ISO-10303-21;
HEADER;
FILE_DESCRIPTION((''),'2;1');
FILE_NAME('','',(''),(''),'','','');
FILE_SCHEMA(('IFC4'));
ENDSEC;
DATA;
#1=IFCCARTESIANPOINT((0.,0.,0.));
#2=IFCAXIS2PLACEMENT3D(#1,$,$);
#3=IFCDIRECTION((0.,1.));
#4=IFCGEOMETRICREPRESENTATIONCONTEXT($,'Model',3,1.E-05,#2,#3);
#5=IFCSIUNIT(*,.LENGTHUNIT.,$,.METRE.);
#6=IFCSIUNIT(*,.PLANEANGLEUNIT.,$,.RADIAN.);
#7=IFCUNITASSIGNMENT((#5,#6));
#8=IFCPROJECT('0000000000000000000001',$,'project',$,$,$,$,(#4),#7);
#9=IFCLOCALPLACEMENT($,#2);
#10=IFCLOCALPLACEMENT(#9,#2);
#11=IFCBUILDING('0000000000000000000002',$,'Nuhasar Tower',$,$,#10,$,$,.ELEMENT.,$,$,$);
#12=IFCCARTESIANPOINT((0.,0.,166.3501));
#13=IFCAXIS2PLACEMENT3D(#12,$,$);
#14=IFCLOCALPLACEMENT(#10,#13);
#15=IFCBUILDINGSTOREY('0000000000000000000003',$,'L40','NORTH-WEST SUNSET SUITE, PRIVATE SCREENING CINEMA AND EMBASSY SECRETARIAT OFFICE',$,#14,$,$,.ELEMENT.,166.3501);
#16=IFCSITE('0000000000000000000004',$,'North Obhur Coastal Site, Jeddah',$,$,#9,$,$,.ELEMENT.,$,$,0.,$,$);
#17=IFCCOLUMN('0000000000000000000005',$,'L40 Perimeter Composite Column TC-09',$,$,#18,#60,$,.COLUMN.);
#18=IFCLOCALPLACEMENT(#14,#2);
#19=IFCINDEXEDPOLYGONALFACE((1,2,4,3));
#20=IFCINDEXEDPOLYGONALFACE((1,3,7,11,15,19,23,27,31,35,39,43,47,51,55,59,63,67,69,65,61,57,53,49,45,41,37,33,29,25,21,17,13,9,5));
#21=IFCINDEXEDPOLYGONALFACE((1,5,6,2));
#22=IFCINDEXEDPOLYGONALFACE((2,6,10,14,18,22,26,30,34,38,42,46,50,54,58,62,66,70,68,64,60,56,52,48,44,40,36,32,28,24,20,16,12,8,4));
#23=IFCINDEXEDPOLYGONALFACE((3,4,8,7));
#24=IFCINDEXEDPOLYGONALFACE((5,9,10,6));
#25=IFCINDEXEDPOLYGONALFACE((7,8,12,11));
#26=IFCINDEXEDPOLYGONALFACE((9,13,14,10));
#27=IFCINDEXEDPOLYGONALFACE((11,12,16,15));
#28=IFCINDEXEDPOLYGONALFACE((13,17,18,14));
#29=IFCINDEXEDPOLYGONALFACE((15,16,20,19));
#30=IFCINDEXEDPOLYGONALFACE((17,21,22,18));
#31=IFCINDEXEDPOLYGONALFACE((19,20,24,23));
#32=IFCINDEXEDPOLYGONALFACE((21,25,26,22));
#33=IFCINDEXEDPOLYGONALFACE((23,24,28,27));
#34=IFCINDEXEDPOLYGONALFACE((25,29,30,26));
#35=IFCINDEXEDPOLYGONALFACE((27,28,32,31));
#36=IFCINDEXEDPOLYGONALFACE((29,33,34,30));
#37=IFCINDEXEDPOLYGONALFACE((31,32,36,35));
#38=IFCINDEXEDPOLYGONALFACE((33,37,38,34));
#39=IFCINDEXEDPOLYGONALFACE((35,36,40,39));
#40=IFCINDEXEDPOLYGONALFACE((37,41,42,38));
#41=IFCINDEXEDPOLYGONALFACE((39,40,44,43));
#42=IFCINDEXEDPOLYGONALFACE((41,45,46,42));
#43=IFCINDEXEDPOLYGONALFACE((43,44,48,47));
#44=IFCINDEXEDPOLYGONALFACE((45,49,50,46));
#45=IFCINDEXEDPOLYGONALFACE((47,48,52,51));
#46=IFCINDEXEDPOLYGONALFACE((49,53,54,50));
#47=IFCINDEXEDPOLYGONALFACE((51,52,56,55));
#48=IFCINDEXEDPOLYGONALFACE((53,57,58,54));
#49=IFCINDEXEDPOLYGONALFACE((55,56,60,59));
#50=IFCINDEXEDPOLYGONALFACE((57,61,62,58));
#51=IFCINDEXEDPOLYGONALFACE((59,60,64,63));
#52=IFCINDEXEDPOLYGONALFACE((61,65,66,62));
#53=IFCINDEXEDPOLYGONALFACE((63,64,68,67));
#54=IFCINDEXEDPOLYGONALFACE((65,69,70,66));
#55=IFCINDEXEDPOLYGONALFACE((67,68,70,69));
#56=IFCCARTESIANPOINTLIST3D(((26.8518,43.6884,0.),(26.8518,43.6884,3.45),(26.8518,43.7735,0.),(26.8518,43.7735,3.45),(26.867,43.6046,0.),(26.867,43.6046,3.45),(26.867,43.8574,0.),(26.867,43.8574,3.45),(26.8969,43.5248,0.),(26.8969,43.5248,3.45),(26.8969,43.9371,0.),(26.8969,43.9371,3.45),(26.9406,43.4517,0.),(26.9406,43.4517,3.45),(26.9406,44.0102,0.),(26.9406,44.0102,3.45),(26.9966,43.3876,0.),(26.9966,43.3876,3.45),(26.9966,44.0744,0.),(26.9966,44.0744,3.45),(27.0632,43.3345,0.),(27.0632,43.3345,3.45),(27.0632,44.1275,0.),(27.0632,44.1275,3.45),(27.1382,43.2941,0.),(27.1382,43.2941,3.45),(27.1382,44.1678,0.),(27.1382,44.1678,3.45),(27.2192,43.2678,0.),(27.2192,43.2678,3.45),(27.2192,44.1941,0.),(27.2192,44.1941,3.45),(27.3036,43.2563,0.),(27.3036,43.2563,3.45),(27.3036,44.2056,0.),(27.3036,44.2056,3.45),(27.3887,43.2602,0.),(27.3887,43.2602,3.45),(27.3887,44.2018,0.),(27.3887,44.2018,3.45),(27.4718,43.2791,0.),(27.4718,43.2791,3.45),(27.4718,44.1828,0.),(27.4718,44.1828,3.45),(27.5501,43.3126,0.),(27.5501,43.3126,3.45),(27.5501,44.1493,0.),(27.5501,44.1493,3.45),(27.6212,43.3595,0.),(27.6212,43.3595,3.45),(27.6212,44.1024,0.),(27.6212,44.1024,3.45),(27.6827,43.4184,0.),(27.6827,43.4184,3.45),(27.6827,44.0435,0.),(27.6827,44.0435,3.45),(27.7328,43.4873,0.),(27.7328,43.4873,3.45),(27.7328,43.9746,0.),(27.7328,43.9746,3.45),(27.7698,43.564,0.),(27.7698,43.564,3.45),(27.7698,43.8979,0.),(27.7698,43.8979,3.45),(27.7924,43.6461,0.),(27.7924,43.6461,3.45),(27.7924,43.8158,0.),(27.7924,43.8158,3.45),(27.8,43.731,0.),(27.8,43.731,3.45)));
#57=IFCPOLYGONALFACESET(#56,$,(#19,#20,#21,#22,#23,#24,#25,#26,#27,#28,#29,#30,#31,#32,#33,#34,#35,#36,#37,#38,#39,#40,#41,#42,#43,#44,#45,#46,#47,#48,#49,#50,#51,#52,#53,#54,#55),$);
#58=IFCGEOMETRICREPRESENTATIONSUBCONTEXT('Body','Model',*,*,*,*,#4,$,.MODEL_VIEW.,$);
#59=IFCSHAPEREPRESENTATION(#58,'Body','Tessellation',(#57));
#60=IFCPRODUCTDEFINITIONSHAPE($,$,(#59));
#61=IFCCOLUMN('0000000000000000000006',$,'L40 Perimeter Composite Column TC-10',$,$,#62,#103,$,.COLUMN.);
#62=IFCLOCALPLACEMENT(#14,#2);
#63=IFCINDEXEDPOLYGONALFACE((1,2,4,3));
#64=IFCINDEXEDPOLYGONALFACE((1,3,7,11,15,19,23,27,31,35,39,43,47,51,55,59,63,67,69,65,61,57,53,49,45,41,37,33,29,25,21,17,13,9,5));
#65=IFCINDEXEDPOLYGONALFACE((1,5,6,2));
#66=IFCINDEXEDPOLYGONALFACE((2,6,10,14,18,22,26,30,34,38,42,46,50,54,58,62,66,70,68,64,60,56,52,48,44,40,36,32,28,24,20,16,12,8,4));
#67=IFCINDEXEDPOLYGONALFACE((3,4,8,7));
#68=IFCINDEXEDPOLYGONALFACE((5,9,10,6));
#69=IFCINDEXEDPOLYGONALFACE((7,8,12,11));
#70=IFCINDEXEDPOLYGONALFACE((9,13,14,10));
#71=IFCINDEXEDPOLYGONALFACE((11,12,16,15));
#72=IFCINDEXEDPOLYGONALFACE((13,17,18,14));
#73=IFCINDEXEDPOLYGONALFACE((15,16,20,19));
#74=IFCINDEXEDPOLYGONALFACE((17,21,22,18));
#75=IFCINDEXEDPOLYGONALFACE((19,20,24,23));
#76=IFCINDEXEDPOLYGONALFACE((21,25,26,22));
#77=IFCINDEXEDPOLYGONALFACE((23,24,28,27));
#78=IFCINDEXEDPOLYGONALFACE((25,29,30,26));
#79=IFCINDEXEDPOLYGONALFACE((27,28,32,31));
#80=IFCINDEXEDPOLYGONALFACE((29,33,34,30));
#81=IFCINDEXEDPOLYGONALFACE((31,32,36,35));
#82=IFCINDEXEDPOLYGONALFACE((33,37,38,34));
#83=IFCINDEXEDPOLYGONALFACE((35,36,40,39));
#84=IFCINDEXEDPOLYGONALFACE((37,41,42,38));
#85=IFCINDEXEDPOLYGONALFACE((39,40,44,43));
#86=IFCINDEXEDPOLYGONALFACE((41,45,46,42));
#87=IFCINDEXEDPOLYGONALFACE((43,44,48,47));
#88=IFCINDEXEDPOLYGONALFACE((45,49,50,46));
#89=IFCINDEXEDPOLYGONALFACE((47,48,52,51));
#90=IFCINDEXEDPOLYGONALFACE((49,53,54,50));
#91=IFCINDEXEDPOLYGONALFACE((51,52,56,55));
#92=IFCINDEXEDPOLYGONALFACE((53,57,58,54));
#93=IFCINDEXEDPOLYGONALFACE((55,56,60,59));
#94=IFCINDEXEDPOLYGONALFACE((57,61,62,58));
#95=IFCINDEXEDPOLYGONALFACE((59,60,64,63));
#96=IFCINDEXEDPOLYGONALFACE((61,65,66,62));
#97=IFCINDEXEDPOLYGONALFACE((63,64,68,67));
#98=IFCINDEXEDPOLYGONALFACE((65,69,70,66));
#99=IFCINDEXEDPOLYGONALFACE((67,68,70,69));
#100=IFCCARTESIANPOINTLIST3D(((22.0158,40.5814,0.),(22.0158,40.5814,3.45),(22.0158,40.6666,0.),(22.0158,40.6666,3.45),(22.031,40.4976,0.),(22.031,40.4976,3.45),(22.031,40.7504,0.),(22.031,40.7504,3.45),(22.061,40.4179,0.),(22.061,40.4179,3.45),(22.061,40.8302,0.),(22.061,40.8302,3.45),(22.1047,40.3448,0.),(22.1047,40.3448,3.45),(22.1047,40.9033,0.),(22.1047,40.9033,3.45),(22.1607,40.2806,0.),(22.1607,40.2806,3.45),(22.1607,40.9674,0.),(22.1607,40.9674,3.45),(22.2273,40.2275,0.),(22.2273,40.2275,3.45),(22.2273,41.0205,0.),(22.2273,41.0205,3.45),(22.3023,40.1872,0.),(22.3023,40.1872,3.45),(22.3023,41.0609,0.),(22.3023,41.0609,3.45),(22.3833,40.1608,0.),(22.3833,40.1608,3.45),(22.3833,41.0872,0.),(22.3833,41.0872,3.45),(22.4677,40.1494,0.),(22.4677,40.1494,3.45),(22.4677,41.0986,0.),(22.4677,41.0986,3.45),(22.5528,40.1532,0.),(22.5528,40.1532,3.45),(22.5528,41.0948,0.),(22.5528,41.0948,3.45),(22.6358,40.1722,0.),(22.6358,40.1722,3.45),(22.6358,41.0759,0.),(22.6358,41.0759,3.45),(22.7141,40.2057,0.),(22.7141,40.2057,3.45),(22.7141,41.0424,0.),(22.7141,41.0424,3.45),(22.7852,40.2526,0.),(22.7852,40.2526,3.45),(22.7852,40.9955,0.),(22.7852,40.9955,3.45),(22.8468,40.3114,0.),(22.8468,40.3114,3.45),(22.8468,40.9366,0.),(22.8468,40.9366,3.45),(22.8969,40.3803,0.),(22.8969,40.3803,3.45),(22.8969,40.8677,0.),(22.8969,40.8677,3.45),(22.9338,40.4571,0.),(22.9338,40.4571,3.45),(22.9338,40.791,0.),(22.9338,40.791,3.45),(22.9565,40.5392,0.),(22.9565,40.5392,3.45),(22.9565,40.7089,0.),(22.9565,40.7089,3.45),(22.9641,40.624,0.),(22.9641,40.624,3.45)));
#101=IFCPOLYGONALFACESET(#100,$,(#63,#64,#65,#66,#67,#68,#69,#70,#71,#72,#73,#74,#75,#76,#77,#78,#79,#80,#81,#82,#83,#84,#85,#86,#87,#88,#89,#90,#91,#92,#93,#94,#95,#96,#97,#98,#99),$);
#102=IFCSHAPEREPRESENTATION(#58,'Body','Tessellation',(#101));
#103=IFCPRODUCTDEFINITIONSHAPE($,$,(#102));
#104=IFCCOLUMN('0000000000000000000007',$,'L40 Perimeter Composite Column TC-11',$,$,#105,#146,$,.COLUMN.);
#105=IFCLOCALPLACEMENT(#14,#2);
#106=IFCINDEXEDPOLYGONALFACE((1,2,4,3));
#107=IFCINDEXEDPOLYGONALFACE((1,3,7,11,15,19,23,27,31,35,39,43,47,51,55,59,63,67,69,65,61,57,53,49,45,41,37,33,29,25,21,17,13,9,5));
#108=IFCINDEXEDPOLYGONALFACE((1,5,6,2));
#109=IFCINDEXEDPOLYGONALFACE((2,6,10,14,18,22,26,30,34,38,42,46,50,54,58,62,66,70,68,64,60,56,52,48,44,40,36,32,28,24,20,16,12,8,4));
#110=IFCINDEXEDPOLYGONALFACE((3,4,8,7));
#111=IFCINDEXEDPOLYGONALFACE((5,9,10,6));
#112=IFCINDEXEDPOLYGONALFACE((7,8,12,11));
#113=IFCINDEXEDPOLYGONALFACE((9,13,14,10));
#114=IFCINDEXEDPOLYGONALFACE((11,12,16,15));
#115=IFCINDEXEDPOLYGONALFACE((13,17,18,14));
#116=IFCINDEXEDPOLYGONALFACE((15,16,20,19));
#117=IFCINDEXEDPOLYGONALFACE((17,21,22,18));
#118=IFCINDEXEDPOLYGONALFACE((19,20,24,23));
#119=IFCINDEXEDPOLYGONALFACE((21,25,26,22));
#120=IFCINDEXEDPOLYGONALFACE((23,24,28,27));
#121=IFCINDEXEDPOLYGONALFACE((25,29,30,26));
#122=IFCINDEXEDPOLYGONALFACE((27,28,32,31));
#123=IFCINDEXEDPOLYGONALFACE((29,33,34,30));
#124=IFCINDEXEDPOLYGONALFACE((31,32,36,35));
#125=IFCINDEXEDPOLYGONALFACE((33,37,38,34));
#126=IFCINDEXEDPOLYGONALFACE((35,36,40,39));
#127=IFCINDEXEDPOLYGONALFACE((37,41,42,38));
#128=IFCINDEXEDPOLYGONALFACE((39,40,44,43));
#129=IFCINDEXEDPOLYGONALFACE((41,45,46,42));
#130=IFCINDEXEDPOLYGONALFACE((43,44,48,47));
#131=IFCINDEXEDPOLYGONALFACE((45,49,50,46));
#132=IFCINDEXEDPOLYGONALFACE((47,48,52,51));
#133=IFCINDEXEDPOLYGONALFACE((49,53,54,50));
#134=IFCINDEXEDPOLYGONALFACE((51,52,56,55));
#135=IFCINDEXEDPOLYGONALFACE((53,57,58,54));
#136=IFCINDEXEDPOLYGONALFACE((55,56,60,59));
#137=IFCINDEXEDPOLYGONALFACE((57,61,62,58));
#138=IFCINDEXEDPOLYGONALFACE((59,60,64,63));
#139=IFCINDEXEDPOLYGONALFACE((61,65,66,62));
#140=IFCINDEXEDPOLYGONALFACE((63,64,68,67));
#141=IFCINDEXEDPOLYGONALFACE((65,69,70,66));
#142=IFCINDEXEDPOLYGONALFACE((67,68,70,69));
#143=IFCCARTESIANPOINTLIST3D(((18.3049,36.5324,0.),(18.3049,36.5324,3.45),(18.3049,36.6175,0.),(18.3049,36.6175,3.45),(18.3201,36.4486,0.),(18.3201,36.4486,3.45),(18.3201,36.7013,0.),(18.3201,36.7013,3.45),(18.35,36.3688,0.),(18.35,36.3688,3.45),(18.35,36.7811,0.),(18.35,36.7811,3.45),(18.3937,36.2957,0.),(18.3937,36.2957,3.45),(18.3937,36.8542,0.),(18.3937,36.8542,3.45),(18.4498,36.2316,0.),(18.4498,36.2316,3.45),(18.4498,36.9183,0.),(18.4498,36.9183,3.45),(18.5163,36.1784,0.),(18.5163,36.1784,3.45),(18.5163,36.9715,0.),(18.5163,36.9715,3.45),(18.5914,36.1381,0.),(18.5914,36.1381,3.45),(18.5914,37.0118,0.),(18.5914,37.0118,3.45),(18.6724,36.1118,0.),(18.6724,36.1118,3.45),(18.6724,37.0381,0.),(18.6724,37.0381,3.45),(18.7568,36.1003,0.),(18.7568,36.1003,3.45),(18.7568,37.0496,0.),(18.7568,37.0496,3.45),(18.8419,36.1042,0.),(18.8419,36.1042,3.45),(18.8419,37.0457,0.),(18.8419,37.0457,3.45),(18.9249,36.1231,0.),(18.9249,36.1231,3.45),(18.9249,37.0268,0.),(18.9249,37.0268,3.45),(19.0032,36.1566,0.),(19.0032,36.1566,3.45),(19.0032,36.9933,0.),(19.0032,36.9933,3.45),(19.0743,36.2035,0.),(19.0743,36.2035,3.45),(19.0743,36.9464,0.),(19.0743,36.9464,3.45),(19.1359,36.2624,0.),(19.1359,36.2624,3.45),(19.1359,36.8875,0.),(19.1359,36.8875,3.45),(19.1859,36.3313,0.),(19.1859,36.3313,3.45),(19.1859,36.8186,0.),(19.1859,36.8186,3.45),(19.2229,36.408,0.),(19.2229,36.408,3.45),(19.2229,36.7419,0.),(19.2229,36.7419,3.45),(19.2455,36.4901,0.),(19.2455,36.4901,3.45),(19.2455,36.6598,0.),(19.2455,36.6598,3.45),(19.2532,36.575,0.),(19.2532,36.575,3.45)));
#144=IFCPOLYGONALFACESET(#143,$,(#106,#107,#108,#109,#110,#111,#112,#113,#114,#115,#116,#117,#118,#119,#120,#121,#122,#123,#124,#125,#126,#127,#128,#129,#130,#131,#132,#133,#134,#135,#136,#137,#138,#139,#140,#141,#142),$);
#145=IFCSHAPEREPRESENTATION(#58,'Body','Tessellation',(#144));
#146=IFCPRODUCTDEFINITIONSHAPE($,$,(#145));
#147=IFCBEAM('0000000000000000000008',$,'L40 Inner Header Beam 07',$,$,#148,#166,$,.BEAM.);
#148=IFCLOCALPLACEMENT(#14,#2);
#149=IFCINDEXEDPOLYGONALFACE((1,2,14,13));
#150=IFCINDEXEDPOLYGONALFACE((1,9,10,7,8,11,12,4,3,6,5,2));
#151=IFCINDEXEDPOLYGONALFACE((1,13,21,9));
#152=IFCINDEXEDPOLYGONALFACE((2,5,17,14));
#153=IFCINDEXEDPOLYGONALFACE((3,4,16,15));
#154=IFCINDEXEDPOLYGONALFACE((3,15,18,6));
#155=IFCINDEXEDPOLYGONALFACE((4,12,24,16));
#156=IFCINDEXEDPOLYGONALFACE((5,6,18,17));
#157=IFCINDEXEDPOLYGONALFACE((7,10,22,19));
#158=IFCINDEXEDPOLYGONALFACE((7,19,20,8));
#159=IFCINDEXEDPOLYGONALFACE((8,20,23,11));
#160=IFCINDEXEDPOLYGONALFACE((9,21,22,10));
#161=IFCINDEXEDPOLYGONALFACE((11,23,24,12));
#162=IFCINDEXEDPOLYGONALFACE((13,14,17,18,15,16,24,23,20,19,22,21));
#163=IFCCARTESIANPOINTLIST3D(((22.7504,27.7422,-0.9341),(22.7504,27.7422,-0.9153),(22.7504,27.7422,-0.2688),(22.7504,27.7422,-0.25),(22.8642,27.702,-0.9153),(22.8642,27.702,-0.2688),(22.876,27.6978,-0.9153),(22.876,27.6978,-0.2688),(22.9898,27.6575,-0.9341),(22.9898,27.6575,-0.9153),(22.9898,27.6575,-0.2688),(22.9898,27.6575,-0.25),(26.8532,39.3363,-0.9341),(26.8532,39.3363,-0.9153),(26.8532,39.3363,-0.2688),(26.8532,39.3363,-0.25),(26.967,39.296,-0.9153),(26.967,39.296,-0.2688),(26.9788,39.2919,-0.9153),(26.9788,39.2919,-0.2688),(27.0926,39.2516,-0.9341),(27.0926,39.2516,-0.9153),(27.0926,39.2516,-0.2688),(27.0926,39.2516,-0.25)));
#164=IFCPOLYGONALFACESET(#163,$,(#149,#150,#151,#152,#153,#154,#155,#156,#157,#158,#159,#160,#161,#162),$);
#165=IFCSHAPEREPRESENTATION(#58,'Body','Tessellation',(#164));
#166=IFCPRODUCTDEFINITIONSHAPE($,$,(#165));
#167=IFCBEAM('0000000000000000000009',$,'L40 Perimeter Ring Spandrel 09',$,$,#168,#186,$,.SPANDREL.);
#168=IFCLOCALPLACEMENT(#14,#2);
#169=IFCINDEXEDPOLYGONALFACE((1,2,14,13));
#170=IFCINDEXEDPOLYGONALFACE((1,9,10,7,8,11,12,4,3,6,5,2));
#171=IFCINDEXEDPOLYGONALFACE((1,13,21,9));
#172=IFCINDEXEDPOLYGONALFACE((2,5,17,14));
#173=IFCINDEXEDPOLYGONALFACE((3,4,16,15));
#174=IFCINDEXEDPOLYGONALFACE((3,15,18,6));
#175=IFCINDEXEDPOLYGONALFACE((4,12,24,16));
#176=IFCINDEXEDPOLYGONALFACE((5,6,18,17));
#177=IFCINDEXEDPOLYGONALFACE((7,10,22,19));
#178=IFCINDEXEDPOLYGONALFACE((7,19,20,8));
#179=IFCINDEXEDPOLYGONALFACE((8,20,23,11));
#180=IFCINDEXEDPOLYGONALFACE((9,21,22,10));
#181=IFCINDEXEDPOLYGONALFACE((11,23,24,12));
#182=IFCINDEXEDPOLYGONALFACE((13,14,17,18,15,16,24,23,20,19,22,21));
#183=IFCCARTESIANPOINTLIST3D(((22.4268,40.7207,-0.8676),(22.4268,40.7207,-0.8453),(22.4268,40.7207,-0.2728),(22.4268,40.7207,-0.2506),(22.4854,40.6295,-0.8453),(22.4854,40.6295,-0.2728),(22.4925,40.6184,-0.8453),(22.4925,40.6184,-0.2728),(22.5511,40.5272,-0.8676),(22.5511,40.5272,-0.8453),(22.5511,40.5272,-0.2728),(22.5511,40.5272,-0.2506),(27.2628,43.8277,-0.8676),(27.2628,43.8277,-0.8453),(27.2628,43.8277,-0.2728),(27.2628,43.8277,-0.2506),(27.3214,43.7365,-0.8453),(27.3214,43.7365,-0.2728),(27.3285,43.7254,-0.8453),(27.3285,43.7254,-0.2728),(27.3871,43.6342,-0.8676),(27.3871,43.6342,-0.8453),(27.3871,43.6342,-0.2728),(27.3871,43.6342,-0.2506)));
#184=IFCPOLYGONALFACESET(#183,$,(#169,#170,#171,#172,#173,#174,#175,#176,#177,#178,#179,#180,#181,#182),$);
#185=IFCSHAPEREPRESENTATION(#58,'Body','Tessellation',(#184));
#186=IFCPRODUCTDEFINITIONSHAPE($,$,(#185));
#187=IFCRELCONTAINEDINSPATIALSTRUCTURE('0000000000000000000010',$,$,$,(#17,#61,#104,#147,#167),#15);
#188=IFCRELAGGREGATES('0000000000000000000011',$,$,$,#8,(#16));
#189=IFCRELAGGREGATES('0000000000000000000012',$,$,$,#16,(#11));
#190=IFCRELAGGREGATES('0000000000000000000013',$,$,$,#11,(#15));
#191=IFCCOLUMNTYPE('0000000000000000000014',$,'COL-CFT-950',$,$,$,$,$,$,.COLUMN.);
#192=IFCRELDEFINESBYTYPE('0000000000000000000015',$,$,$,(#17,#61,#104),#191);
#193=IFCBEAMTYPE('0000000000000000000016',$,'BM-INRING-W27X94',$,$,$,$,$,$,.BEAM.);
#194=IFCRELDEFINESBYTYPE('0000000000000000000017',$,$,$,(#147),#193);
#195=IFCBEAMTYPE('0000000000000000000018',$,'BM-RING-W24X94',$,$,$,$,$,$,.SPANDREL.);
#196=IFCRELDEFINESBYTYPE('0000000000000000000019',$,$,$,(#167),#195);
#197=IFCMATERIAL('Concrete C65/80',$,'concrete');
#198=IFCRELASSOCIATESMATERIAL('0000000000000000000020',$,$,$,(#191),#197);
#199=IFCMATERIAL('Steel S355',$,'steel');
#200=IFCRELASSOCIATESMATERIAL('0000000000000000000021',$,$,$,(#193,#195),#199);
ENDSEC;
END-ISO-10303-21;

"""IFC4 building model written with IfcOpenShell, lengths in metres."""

from ifc_helpers import new_model, si_unit, direction, frame, origin, origin_2d, place, context, subcontext, project, spatial, circle, i_section, extrude, material, material_profile, profile_set, type_object, element, save


model = new_model("IFC4")

# Units and contexts
model_context = context("Model", 3, precision=1e-05, world=origin(), true_north=direction((0.0, 1.0)))
body_context = subcontext(model_context, "Body", "Model", "MODEL_VIEW")
ifc_project = project(units=[si_unit("LENGTHUNIT", "METRE"), si_unit("PLANEANGLEUNIT", "RADIAN")], contexts=[model_context])

# Site, building, storey
site_placement = place(None, origin())
site = spatial("IfcSite", under=ifc_project, at=site_placement, Name="North Obhur Coastal Site, Jeddah", CompositionType="ELEMENT", RefElevation=0.0)
building_placement = place(site_placement, origin())
building = spatial("IfcBuilding", under=site, at=building_placement, Name="Nuhasar Tower", CompositionType="ELEMENT")
storey_placement = place(building_placement, frame((0.0, 0.0, 166.3501)))
storey = spatial("IfcBuildingStorey", under=building, at=storey_placement, Name="L40", Description="NORTH-WEST SUNSET SUITE, PRIVATE SCREENING CINEMA AND EMBASSY SECRETARIAT OFFICE", CompositionType="ELEMENT", Elevation=166.3501)

# Columns
ifc_material_1 = material(Name="Concrete C65/80", Category="concrete")
ifc_material_profile_1 = material_profile(ifc_material_1, circle(Radius=0.4751, at=origin_2d()), Name="CFT950")
ifc_profile_set_1 = profile_set([ifc_material_profile_1], Name="Concrete C65/80")
column_type = type_object("IfcColumnType", Name="COL-CFT-950", PredefinedType="COLUMN", material=ifc_profile_set_1)
for number, where, z_axis, x_axis, name in (
    (1, (27.325, 43.731, 0.0), (0.0, 0.0, 1.0), (1.0, 0.0, 0.0), "L40 Perimeter Composite Column TC-09"),
    (2, (22.489, 40.624, 0.0), (0.0, 0.0, 1.0), (1.0, 0.0, 0.0), "L40 Perimeter Composite Column TC-10"),
    (3, (18.7781, 36.575, 0.0), (0.0, 0.0, 1.0), (1.0, 0.0, 0.0), "L40 Perimeter Composite Column TC-11"),
):
    element("IfcColumn", number, at=place(storey_placement, frame(where, z_axis=z_axis, x_axis=x_axis)), inside=storey, type_object=column_type, Name=name, PredefinedType="COLUMN", context=body_context, shape_type="SweptSolid", body=[
        extrude(circle(Radius=0.4751, at=origin_2d()), origin(), (0.0, 0.0, 1.0), 3.45),
    ])

# Beams
ifc_material_2 = material(Name="Steel S355", Category="steel")
ifc_material_profile_2 = material_profile(ifc_material_2, i_section(OverallWidth=0.2539, OverallDepth=0.6841, WebThickness=0.0125, FlangeThickness=0.0188, at=origin_2d()), Name="W27X94")
ifc_profile_set_2 = profile_set([ifc_material_profile_2], Name="Steel S355")
beam_type_1 = type_object("IfcBeamType", Name="BM-INRING-W27X94", PredefinedType="BEAM", material=ifc_profile_set_2)
beam_1_placement = place(storey_placement, frame((26.9729, 39.2939, -0.592), z_axis=(-0.3336, -0.942715, 0.0), x_axis=(0.942715, -0.3336, 0.0)))
element("IfcBeam", 4, at=beam_1_placement, inside=storey, type_object=beam_type_1, Name="L40 Inner Header Beam 07", PredefinedType="BEAM", context=body_context, shape_type="SweptSolid", body=[
    extrude(i_section(OverallWidth=0.2539, OverallDepth=0.6841, WebThickness=0.0125, FlangeThickness=0.0188, at=origin_2d()), origin(), (0.0, 0.0, 1.0), 12.2986),
])
ifc_material_profile_3 = material_profile(ifc_material_2, i_section(OverallWidth=0.23, OverallDepth=0.6169, WebThickness=0.0132, FlangeThickness=0.0222, at=origin_2d()), Name="W24X94")
ifc_profile_set_3 = profile_set([ifc_material_profile_3], Name="Steel S355")
beam_type_2 = type_object("IfcBeamType", Name="BM-RING-W24X94", PredefinedType="SPANDREL", material=ifc_profile_set_3)
beam_2_placement = place(storey_placement, frame((27.325, 43.731, -0.5591), z_axis=(-0.841327, -0.540526, 0.0), x_axis=(0.540526, -0.841327, 0.0)))
element("IfcBeam", 5, at=beam_2_placement, inside=storey, type_object=beam_type_2, Name="L40 Perimeter Ring Spandrel 09", PredefinedType="SPANDREL", context=body_context, shape_type="SweptSolid", body=[
    extrude(i_section(OverallWidth=0.23, OverallDepth=0.6169, WebThickness=0.0132, FlangeThickness=0.0222, at=origin_2d()), origin(), (0.0, 0.0, 1.0), 5.748),
])

save(model, "model.ifc")
